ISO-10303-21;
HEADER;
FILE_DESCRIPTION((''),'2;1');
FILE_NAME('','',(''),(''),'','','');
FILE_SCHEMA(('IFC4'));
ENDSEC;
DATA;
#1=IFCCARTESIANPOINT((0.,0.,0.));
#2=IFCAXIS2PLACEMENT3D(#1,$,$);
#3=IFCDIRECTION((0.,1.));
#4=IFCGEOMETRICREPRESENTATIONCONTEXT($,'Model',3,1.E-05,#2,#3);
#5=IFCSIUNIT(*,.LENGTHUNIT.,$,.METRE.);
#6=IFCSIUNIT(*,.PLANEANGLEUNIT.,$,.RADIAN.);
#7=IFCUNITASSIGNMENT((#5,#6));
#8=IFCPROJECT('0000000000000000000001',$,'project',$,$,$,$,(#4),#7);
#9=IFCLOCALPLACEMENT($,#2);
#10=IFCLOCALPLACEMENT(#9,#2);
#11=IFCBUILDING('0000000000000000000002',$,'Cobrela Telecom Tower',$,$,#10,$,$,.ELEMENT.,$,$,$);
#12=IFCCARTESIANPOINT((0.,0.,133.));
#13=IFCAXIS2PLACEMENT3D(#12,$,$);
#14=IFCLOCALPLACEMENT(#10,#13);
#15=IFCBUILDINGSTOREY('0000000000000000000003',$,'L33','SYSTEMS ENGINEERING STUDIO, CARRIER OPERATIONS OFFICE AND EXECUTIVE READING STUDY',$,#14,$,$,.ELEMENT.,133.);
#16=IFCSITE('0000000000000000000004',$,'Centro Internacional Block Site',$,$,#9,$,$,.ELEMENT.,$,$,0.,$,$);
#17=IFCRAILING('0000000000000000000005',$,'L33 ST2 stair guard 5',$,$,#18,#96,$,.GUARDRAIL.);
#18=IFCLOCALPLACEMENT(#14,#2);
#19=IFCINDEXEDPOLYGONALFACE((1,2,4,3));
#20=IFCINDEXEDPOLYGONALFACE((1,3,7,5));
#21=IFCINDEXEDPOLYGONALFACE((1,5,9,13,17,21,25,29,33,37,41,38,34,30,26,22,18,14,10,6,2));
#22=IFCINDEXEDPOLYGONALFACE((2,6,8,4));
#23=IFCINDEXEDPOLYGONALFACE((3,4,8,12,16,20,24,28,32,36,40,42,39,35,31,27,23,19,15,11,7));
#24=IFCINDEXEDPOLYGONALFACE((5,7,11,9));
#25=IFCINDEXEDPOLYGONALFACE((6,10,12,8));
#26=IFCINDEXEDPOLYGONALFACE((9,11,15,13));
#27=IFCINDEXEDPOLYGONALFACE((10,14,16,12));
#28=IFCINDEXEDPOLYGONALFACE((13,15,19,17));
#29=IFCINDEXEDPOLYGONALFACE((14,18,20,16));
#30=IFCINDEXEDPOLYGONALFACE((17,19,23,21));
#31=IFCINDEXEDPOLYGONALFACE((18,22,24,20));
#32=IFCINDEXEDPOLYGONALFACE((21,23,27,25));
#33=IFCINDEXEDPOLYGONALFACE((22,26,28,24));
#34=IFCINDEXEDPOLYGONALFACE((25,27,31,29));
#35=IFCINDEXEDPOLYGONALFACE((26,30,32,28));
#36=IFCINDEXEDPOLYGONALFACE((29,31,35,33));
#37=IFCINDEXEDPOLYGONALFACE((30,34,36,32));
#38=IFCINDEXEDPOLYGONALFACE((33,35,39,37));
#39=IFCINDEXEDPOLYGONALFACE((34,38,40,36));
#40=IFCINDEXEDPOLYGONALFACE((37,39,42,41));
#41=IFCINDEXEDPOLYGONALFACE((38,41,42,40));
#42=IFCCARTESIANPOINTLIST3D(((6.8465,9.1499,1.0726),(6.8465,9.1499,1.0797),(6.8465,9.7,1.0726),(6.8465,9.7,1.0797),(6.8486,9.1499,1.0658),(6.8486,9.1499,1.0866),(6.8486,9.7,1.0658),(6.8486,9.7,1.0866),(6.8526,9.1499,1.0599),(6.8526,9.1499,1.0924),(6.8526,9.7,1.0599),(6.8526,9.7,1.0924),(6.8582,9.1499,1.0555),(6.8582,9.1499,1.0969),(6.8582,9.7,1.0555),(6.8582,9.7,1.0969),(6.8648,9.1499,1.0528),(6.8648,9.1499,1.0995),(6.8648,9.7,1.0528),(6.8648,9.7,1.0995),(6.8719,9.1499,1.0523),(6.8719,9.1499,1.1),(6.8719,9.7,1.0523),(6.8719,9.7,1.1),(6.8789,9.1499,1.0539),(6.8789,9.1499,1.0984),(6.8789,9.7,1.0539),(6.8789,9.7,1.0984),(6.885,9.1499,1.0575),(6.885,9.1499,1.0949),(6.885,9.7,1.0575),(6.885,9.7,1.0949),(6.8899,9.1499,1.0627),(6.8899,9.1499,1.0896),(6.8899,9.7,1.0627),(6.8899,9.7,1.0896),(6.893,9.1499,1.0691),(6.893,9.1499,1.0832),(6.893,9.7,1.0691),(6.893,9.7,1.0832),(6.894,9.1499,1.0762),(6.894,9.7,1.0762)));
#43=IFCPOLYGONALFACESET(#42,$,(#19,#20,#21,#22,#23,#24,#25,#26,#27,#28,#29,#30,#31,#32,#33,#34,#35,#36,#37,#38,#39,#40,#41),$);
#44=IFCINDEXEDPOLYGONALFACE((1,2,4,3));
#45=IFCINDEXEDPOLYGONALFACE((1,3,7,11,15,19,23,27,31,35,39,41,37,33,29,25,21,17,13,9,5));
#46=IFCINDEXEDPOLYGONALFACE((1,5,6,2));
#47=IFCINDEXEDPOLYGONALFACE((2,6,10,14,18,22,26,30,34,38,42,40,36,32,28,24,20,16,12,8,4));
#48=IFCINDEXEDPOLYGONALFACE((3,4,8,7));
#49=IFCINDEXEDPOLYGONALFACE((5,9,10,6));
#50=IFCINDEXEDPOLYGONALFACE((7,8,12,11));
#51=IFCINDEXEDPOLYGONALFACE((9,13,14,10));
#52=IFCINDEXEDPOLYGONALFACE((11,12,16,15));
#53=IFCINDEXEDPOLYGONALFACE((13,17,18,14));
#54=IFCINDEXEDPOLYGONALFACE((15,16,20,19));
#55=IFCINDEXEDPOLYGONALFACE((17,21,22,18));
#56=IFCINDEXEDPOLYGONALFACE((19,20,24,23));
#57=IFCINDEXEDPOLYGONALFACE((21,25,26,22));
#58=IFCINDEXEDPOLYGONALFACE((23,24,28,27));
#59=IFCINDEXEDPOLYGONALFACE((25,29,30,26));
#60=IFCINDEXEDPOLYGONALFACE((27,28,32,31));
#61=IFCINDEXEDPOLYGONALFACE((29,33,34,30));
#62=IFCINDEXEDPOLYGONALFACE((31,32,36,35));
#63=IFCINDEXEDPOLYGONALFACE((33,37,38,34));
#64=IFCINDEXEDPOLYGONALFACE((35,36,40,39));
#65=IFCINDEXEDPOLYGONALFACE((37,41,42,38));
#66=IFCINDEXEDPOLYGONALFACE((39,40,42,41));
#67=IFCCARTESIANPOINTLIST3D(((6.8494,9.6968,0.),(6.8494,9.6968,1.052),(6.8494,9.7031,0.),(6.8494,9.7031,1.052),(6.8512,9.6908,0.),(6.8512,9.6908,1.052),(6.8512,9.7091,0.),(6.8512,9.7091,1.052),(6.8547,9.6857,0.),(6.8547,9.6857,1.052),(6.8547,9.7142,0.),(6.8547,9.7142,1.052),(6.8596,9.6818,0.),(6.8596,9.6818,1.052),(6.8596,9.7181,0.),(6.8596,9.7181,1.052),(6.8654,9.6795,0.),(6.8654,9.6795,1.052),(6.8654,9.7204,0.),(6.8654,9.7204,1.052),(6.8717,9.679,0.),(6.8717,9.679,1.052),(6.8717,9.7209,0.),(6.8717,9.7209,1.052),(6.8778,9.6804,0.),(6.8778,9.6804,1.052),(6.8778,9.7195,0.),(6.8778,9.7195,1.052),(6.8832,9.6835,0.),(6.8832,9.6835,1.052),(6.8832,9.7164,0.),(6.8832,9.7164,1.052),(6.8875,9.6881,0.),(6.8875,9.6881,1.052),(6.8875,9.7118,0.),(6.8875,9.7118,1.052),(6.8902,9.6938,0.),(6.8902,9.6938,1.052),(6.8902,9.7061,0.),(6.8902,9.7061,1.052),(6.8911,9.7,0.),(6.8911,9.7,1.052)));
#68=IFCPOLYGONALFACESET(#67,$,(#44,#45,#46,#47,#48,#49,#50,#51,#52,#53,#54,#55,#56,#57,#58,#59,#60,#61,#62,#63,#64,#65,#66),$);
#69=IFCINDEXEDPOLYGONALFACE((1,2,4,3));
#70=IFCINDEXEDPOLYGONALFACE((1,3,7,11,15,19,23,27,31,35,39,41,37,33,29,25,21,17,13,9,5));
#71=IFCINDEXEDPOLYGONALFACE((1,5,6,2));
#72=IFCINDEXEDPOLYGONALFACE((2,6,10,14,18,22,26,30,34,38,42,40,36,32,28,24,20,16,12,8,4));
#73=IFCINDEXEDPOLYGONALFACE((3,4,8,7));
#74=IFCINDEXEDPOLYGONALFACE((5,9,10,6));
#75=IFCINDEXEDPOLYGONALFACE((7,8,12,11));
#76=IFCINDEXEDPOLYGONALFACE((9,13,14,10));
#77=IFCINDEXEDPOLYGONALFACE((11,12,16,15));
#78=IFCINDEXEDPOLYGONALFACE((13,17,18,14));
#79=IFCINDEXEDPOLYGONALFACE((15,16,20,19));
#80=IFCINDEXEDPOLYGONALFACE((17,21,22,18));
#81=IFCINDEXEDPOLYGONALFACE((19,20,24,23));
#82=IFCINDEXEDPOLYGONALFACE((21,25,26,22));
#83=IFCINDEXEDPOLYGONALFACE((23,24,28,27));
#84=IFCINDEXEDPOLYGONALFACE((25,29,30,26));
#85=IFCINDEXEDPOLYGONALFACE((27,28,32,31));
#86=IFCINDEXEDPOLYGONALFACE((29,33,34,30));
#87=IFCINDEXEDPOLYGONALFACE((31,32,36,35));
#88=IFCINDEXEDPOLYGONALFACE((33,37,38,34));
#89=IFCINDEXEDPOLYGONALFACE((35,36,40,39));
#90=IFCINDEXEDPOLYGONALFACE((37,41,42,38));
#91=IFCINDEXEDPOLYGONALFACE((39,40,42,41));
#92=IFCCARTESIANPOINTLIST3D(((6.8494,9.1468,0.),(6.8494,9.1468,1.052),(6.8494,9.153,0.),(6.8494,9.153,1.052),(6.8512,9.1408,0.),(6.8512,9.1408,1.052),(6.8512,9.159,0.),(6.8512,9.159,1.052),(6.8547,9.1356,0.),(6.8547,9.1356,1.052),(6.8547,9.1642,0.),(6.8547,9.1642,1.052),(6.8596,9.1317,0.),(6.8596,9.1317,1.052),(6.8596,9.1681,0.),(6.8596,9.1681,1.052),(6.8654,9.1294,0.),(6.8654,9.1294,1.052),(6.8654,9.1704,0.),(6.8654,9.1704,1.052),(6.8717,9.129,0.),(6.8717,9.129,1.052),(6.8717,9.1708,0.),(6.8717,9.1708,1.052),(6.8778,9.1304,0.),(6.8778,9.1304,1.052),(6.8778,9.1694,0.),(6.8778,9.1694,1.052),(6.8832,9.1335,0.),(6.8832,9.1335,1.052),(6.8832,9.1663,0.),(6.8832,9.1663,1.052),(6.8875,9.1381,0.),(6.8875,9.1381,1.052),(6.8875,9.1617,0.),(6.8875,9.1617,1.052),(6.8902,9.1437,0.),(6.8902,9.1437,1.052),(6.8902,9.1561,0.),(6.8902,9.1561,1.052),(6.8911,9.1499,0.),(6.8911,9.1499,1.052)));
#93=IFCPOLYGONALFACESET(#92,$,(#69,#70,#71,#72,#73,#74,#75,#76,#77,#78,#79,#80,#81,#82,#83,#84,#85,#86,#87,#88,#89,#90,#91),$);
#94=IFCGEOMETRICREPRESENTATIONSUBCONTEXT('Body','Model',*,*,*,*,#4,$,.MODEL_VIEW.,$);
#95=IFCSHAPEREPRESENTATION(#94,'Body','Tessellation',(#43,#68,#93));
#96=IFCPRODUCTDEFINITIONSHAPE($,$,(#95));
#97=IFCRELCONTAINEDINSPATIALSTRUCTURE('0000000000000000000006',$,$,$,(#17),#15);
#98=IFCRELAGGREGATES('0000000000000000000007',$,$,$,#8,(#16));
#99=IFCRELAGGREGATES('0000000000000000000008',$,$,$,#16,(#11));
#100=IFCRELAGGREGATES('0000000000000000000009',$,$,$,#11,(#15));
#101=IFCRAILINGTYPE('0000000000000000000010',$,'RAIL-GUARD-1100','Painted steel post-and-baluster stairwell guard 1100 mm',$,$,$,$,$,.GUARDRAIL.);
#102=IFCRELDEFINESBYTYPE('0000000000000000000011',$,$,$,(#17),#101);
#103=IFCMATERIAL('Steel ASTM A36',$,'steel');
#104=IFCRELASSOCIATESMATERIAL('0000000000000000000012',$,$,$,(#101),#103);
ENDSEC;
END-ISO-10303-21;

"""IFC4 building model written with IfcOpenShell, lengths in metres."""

from ifc_helpers import new_model, si_unit, direction, frame, origin, origin_2d, place, context, subcontext, project, spatial, circle, extrude, material, type_object, element, save


model = new_model("IFC4")

# Units and contexts
model_context = context("Model", 3, precision=1e-05, world=origin(), true_north=direction((0.0, 1.0)))
body_context = subcontext(model_context, "Body", "Model", "MODEL_VIEW")
ifc_project = project(units=[si_unit("LENGTHUNIT", "METRE"), si_unit("PLANEANGLEUNIT", "RADIAN")], contexts=[model_context])

# Site, building, storey
site_placement = place(None, origin())
site = spatial("IfcSite", under=ifc_project, at=site_placement, Name="Centro Internacional Block Site", CompositionType="ELEMENT", RefElevation=0.0)
building_placement = place(site_placement, origin())
building = spatial("IfcBuilding", under=site, at=building_placement, Name="Cobrela Telecom Tower", CompositionType="ELEMENT")
storey_placement = place(building_placement, frame((0.0, 0.0, 133.0)))
storey = spatial("IfcBuildingStorey", under=building, at=storey_placement, Name="L33", Description="SYSTEMS ENGINEERING STUDIO, CARRIER OPERATIONS OFFICE AND EXECUTIVE READING STUDY", CompositionType="ELEMENT", Elevation=133.0)

# Railing
ifc_material_1 = material(Name="Steel ASTM A36", Category="steel")
railing_type_1 = type_object("IfcRailingType", Name="RAIL-GUARD-1100", Description="Painted steel post-and-baluster stairwell guard 1100 mm", PredefinedType="GUARDRAIL", material=ifc_material_1)
railing_1_placement = place(storey_placement, frame((6.8701, 9.7, 0.0)))
element("IfcRailing", 1, at=railing_1_placement, inside=storey, type_object=railing_type_1, Name="L33 ST2 stair guard 5", PredefinedType="GUARDRAIL", context=body_context, shape_type="SweptSolid", body=[
    extrude(circle(Radius=0.0239, at=origin_2d()), frame((0.0, 0.0, 1.0762), z_axis=(0.0, -1.0, 0.0), x_axis=(1.0, 0.0, 0.0)), (0.0, 0.0, 1.0), 0.55),
    extrude(circle(Radius=0.021, at=origin_2d()), origin(), (0.0, 0.0, 1.0), 1.052),
    extrude(circle(Radius=0.021, at=origin_2d()), frame((0.0, -0.55, 0.0)), (0.0, 0.0, 1.0), 1.052),
])

save(model, "model.ifc")
